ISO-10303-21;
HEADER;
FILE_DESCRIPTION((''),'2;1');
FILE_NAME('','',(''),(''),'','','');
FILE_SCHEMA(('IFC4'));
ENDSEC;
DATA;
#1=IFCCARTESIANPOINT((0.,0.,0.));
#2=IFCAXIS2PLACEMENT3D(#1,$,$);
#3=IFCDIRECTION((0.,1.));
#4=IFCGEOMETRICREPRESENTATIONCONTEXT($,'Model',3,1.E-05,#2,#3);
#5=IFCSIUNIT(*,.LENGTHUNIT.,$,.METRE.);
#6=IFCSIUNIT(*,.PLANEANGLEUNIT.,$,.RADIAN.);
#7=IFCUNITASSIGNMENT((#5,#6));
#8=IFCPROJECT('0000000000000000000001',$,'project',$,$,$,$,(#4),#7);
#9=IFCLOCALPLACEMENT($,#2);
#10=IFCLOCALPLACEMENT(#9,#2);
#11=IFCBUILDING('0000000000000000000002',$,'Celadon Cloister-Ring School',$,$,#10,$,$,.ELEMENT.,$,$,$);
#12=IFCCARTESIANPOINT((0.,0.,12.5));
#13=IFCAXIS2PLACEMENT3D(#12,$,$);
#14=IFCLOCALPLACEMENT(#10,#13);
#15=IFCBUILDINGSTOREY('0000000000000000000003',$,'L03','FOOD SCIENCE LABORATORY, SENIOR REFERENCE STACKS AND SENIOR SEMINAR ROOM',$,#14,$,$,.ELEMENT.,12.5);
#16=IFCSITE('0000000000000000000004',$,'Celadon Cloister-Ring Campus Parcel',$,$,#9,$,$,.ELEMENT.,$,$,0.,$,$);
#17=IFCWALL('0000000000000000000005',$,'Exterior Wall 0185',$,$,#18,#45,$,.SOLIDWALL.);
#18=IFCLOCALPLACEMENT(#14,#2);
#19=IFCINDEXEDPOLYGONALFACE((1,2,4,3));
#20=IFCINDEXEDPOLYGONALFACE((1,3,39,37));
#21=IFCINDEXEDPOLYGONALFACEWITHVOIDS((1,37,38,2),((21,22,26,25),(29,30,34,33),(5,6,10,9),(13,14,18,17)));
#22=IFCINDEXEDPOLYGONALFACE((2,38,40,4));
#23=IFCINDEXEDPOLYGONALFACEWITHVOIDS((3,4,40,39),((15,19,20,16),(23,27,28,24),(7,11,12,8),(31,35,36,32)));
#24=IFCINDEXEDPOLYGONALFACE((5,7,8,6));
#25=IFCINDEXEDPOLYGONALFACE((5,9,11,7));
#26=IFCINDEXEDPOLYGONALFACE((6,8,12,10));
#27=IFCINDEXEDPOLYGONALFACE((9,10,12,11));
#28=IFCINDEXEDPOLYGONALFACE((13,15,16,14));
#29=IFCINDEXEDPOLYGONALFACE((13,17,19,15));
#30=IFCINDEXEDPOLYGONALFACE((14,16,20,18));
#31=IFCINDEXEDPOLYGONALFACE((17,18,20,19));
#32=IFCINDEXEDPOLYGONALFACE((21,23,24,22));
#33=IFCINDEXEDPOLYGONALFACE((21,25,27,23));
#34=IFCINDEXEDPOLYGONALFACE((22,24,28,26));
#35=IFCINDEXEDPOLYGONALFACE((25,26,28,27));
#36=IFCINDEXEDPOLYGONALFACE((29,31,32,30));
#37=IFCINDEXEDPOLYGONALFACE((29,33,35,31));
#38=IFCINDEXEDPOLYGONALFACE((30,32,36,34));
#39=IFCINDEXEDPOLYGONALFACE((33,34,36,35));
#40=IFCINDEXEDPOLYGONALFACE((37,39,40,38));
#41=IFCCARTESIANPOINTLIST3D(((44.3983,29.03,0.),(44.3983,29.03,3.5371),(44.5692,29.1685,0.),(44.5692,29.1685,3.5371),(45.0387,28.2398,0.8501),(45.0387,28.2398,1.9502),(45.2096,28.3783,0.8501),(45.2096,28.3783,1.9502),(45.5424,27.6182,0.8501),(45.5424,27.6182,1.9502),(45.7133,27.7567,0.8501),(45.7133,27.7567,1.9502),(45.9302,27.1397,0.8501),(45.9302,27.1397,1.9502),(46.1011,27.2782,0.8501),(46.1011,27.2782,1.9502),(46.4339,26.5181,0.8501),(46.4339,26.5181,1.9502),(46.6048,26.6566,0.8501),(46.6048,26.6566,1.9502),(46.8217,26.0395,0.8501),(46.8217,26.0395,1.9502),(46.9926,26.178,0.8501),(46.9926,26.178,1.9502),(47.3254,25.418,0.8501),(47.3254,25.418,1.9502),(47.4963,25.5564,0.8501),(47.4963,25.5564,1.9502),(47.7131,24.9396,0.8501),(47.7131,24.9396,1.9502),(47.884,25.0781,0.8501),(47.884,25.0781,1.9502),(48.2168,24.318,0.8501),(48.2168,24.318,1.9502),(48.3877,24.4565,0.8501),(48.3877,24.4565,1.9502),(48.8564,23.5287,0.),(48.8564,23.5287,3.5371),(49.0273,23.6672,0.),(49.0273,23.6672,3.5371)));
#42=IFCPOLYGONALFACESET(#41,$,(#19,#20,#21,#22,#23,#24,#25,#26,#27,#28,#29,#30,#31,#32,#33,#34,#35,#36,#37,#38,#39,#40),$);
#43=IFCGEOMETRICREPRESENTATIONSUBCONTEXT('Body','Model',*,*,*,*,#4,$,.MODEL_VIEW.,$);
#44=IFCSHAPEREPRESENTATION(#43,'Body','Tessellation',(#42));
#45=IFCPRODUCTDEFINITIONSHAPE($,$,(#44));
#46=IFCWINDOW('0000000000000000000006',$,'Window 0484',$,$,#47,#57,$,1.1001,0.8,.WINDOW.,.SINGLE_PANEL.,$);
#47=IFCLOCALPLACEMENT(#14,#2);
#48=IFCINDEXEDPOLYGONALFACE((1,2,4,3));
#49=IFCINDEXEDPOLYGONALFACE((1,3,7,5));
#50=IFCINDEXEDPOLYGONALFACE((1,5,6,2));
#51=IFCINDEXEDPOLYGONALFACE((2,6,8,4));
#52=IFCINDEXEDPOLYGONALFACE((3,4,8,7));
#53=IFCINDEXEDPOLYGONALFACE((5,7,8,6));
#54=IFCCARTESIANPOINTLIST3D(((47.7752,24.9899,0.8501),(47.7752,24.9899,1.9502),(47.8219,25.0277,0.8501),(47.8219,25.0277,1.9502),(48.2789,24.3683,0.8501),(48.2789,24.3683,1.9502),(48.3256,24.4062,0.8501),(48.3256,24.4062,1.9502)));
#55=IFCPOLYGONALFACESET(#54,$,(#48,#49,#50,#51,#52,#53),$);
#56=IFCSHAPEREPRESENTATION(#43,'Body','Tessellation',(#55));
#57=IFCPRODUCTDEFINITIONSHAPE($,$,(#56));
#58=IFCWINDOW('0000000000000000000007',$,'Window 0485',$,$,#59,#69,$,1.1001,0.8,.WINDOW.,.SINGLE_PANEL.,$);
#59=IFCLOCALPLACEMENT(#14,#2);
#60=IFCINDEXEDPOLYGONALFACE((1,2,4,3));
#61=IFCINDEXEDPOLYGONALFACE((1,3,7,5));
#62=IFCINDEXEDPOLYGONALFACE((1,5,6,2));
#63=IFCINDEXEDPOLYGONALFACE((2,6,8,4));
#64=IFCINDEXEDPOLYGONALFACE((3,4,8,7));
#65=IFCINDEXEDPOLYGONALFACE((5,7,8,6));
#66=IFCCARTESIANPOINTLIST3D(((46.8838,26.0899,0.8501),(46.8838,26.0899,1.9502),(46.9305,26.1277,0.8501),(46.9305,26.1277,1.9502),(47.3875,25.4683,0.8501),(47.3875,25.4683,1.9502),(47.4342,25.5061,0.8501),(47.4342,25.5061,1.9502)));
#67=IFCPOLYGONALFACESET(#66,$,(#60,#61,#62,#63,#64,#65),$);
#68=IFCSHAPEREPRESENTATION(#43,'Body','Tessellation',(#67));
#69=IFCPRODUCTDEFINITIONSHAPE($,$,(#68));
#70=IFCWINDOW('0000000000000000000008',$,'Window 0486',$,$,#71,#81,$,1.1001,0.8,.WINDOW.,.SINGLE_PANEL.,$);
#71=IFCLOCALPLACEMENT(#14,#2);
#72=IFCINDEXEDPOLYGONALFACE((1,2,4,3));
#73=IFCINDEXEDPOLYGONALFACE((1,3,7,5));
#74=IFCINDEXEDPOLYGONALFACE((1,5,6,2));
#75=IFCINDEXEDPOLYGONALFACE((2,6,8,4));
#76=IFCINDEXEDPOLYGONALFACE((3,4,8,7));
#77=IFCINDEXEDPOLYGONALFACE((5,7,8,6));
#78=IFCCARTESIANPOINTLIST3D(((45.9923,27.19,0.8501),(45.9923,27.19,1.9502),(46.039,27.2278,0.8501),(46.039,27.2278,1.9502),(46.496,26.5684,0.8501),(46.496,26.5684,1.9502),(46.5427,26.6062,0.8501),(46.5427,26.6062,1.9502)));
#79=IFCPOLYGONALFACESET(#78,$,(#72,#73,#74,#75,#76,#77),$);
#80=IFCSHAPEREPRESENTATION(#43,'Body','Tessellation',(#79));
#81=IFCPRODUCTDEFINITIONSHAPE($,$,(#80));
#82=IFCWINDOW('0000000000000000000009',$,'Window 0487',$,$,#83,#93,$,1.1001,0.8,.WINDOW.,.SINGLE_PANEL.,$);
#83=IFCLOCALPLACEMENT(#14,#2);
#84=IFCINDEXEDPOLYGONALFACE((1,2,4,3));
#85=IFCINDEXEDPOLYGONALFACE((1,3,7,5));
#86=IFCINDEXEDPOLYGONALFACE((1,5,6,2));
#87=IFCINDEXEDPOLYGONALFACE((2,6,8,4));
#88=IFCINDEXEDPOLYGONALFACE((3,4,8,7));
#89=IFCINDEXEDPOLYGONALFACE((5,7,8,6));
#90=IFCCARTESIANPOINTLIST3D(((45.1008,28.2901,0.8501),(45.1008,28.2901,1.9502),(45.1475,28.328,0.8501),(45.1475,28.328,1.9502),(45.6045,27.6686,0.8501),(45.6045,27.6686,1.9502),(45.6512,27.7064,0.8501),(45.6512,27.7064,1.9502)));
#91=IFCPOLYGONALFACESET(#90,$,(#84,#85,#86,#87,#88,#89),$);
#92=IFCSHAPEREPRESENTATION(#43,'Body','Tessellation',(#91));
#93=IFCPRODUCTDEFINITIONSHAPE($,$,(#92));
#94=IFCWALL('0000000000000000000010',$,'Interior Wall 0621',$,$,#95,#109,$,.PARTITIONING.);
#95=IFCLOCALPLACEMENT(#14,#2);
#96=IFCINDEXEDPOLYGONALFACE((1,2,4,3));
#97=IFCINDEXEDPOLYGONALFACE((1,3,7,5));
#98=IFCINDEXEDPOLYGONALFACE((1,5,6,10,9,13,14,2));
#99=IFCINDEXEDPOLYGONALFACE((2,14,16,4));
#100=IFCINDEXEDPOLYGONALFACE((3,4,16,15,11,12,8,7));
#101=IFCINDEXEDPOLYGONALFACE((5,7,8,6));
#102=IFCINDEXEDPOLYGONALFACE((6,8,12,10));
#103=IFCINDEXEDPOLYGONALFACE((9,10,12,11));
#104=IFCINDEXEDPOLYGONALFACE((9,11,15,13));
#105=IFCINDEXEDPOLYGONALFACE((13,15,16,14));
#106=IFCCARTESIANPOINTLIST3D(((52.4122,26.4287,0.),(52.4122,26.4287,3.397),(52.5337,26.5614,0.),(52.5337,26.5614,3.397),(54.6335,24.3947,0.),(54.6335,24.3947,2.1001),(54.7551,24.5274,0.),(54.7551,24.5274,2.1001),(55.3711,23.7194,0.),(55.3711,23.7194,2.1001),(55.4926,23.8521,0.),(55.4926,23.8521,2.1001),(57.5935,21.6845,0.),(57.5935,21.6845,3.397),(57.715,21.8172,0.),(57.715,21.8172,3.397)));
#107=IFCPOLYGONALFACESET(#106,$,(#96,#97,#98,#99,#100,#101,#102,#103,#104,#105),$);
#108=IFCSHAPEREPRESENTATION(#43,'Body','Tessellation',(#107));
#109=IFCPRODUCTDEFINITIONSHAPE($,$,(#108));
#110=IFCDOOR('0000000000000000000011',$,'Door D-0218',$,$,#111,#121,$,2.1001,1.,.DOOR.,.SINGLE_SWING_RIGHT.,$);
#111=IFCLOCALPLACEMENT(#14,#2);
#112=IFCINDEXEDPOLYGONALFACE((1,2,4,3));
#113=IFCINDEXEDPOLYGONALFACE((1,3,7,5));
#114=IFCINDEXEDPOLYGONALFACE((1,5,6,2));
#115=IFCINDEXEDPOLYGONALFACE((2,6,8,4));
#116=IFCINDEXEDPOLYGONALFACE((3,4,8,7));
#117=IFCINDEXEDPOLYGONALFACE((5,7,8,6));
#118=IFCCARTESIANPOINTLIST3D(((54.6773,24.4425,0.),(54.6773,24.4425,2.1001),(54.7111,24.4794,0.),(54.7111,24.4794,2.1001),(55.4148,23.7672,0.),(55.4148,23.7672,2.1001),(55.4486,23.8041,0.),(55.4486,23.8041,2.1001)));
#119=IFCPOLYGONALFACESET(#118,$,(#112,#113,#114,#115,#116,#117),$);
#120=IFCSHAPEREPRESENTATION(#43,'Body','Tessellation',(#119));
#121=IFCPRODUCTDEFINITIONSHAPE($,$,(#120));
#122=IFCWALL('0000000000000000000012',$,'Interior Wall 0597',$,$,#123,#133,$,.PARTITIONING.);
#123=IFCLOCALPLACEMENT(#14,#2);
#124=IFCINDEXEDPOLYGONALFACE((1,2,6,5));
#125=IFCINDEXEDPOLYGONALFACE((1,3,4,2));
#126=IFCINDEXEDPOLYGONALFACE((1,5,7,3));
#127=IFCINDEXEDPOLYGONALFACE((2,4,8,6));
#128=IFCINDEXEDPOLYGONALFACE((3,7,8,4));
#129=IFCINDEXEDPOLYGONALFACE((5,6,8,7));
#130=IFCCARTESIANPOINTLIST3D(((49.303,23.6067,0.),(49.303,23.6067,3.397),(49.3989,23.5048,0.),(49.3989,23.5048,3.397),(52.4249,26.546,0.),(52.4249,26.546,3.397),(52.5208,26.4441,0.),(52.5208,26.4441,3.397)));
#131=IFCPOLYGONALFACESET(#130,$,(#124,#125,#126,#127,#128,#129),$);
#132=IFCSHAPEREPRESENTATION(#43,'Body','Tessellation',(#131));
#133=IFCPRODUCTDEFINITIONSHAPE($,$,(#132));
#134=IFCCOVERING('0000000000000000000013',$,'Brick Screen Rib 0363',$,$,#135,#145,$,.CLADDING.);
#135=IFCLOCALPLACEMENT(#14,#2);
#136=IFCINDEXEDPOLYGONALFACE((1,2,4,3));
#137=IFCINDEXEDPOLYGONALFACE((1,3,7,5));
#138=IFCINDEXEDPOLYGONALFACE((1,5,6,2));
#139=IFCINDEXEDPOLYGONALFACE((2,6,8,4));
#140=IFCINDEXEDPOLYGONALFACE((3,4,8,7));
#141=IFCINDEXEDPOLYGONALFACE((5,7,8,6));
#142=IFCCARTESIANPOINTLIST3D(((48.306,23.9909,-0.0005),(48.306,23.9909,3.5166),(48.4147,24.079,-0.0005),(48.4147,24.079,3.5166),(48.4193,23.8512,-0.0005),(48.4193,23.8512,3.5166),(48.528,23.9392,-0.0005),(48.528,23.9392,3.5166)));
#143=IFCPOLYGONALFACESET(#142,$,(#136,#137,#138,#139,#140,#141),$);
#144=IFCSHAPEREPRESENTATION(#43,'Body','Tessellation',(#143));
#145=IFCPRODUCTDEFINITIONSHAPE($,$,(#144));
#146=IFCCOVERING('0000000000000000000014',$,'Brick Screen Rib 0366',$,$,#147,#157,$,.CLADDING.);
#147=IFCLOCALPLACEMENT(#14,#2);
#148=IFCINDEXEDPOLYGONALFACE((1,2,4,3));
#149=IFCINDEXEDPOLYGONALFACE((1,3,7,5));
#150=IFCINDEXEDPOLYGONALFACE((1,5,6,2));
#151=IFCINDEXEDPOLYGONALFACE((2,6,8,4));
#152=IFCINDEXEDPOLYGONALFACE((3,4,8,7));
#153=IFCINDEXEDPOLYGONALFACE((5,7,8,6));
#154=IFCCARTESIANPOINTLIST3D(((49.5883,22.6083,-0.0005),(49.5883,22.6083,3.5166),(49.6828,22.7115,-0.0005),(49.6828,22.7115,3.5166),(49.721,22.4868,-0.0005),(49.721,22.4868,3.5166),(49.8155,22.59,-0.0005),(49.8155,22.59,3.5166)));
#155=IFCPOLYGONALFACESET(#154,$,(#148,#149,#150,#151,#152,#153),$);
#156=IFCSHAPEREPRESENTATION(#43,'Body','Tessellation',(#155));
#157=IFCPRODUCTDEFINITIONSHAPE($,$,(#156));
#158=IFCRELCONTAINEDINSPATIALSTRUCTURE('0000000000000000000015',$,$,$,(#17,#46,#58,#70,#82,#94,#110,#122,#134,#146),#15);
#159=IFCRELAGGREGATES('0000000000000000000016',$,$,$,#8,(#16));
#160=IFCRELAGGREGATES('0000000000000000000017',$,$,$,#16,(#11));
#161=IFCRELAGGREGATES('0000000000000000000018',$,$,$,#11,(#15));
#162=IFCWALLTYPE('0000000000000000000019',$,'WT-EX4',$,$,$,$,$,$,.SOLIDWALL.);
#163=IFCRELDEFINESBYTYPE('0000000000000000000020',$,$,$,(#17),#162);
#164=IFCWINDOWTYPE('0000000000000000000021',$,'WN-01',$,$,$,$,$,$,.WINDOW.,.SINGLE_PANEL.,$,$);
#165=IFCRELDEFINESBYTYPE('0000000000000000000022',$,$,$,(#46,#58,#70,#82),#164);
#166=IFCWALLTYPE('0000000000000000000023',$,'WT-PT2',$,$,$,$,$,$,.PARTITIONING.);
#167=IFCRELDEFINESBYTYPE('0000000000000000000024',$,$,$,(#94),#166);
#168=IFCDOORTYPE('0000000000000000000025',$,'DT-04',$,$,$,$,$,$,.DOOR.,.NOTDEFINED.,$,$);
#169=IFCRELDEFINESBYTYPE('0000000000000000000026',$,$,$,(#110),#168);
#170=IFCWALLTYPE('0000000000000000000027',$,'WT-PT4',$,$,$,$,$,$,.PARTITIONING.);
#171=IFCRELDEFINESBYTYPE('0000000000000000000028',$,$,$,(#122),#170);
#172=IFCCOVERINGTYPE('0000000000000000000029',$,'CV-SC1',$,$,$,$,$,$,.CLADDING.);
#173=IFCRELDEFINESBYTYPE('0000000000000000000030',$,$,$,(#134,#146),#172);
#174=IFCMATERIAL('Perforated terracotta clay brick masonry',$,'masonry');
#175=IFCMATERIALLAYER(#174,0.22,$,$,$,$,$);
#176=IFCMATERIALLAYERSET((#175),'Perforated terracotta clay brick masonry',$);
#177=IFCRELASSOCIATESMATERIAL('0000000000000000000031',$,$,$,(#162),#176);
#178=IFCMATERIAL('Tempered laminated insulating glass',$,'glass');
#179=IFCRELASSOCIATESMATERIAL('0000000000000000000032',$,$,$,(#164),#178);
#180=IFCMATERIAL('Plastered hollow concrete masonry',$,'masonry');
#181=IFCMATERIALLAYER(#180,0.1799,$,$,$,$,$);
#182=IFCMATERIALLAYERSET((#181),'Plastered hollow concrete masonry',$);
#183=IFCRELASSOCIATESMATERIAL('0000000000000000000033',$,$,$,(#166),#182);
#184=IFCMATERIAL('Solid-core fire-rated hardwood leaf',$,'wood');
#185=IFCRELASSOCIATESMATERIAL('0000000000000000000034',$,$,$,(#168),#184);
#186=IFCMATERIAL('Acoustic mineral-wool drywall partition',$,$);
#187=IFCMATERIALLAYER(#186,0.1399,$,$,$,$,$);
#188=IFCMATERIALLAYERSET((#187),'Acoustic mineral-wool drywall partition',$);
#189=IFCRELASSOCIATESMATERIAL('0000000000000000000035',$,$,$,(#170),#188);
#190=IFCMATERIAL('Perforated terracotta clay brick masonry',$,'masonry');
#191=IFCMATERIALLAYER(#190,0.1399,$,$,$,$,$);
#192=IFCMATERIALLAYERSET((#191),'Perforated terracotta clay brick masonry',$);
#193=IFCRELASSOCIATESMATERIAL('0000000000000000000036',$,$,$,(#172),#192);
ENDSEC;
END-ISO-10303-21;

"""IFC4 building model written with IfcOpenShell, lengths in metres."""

from ifc_helpers import new_model, si_unit, direction, frame, frame_2d, origin, origin_2d, place, context, subcontext, project, spatial, rectangle, extrude, material, layer, layer_set, type_object, element, fill, save


model = new_model("IFC4")

# Units and contexts
model_context = context("Model", 3, precision=1e-05, world=origin(), true_north=direction((0.0, 1.0)))
body_context = subcontext(model_context, "Body", "Model", "MODEL_VIEW")
ifc_project = project(units=[si_unit("LENGTHUNIT", "METRE"), si_unit("PLANEANGLEUNIT", "RADIAN")], contexts=[model_context])

# Site, building, storey
site_placement = place(None, origin())
site = spatial("IfcSite", under=ifc_project, at=site_placement, Name="Celadon Cloister-Ring Campus Parcel", CompositionType="ELEMENT", RefElevation=0.0)
building_placement = place(site_placement, origin())
building = spatial("IfcBuilding", under=site, at=building_placement, Name="Celadon Cloister-Ring School", CompositionType="ELEMENT")
storey_placement = place(building_placement, frame((0.0, 0.0, 12.5)))
storey = spatial("IfcBuildingStorey", under=building, at=storey_placement, Name="L03", Description="FOOD SCIENCE LABORATORY, SENIOR REFERENCE STACKS AND SENIOR SEMINAR ROOM", CompositionType="ELEMENT", Elevation=12.5)

# Wall, openings, windows
ifc_material_1 = material(Name="Perforated terracotta clay brick masonry", Category="masonry")
ifc_layer_1 = layer(ifc_material_1, 0.22)
ifc_layer_set_1 = layer_set([ifc_layer_1], Name="Perforated terracotta clay brick masonry")
wall_type_1 = type_object("IfcWallType", Name="WT-EX4", PredefinedType="SOLIDWALL", material=ifc_layer_set_1)
wall_1_placement = place(storey_placement, frame((48.9419, 23.5979, 0.0), z_axis=(0.0, 0.0, 1.0), x_axis=(-0.629594, 0.776924, 0.0)))
wall_1 = element("IfcWall", 1, at=wall_1_placement, inside=storey, type_object=wall_type_1, Name="Exterior Wall 0185", PredefinedType="SOLIDWALL", context=body_context, shape_type="SweptSolid", body=[
    extrude(rectangle(XDim=7.0808, YDim=0.22, at=frame_2d((3.5405, 0.0))), origin(), (0.0, 0.0, 1.0), 3.5371),
])
opening_1_placement = place(wall_1_placement, frame((1.0161, 0.0, 0.8501)))
opening_1 = element("IfcOpeningElement", 2, at=opening_1_placement, cuts=wall_1, PredefinedType="OPENING", context=body_context, shape_type="SweptSolid", body=[
    extrude(rectangle(XDim=0.8, YDim=1.1001, at=frame_2d((0.3999, 0.55))), frame((0.0, 0.1201, 0.0), z_axis=(0.0, -1.0, 0.0), x_axis=(1.0, 0.0, 0.0)), (0.0, 0.0, 1.0), 0.24),
])
opening_2_placement = place(wall_1_placement, frame((2.4319, 0.0, 0.8501)))
opening_2 = element("IfcOpeningElement", 3, at=opening_2_placement, cuts=wall_1, PredefinedType="OPENING", context=body_context, shape_type="SweptSolid", body=[
    extrude(rectangle(XDim=0.8, YDim=1.1001, at=frame_2d((0.3999, 0.55))), frame((0.0, 0.1201, 0.0), z_axis=(0.0, -1.0, 0.0), x_axis=(1.0, 0.0, 0.0)), (0.0, 0.0, 1.0), 0.24),
])
opening_3_placement = place(wall_1_placement, frame((3.8479, 0.0, 0.8501)))
opening_3 = element("IfcOpeningElement", 4, at=opening_3_placement, cuts=wall_1, PredefinedType="OPENING", context=body_context, shape_type="SweptSolid", body=[
    extrude(rectangle(XDim=0.8, YDim=1.1001, at=frame_2d((0.3999, 0.55))), frame((0.0, 0.1201, 0.0), z_axis=(0.0, -1.0, 0.0), x_axis=(1.0, 0.0, 0.0)), (0.0, 0.0, 1.0), 0.24),
])
opening_4_placement = place(wall_1_placement, frame((5.2639, 0.0, 0.8501)))
opening_4 = element("IfcOpeningElement", 5, at=opening_4_placement, cuts=wall_1, PredefinedType="OPENING", context=body_context, shape_type="SweptSolid", body=[
    extrude(rectangle(XDim=0.8, YDim=1.1001, at=frame_2d((0.3999, 0.55))), frame((0.0, 0.1201, 0.0), z_axis=(0.0, -1.0, 0.0), x_axis=(1.0, 0.0, 0.0)), (0.0, 0.0, 1.0), 0.24),
])
ifc_material_2 = material(Name="Tempered laminated insulating glass", Category="glass")
window_type = type_object("IfcWindowType", Name="WN-01", PartitioningType="SINGLE_PANEL", PredefinedType="WINDOW", material=ifc_material_2)
window_1_placement = place(opening_1_placement, origin())
window_1 = element("IfcWindow", 6, at=window_1_placement, inside=storey, type_object=window_type, Name="Window 0484", OverallHeight=1.1001, OverallWidth=0.8, PartitioningType="SINGLE_PANEL", PredefinedType="WINDOW", context=body_context, shape_type="SweptSolid", body=[
    extrude(rectangle(XDim=0.8, YDim=1.1001, at=frame_2d((0.3999, 0.55))), frame((0.0, 0.03, 0.0), z_axis=(0.0, -1.0, 0.0), x_axis=(1.0, 0.0, 0.0)), (0.0, 0.0, 1.0), 0.0601),
])
fill(opening_1, window_1)
window_2_placement = place(opening_2_placement, origin())
window_2 = element("IfcWindow", 7, at=window_2_placement, inside=storey, type_object=window_type, Name="Window 0485", OverallHeight=1.1001, OverallWidth=0.8, PartitioningType="SINGLE_PANEL", PredefinedType="WINDOW", context=body_context, shape_type="SweptSolid", body=[
    extrude(rectangle(XDim=0.8, YDim=1.1001, at=frame_2d((0.3999, 0.55))), frame((0.0, 0.03, 0.0), z_axis=(0.0, -1.0, 0.0), x_axis=(1.0, 0.0, 0.0)), (0.0, 0.0, 1.0), 0.0601),
])
fill(opening_2, window_2)
window_3_placement = place(opening_3_placement, origin())
window_3 = element("IfcWindow", 8, at=window_3_placement, inside=storey, type_object=window_type, Name="Window 0486", OverallHeight=1.1001, OverallWidth=0.8, PartitioningType="SINGLE_PANEL", PredefinedType="WINDOW", context=body_context, shape_type="SweptSolid", body=[
    extrude(rectangle(XDim=0.8, YDim=1.1001, at=frame_2d((0.3999, 0.55))), frame((0.0, 0.03, 0.0), z_axis=(0.0, -1.0, 0.0), x_axis=(1.0, 0.0, 0.0)), (0.0, 0.0, 1.0), 0.0601),
])
fill(opening_3, window_3)
window_4_placement = place(opening_4_placement, origin())
window_4 = element("IfcWindow", 9, at=window_4_placement, inside=storey, type_object=window_type, Name="Window 0487", OverallHeight=1.1001, OverallWidth=0.8, PartitioningType="SINGLE_PANEL", PredefinedType="WINDOW", context=body_context, shape_type="SweptSolid", body=[
    extrude(rectangle(XDim=0.8, YDim=1.1001, at=frame_2d((0.3999, 0.55))), frame((0.0, 0.03, 0.0), z_axis=(0.0, -1.0, 0.0), x_axis=(1.0, 0.0, 0.0)), (0.0, 0.0, 1.0), 0.0601),
])
fill(opening_4, window_4)

# Wall, opening, door
ifc_material_3 = material(Name="Plastered hollow concrete masonry", Category="masonry")
ifc_layer_2 = layer(ifc_material_3, 0.1799)
ifc_layer_set_2 = layer_set([ifc_layer_2], Name="Plastered hollow concrete masonry")
wall_type_2 = type_object("IfcWallType", Name="WT-PT2", PredefinedType="PARTITIONING", material=ifc_layer_set_2)
wall_2_placement = place(storey_placement, frame((52.4729, 26.4951, 0.0), z_axis=(0.0, 0.0, 1.0), x_axis=(0.737526, -0.675319, 0.0)))
wall_2 = element("IfcWall", 10, at=wall_2_placement, inside=storey, type_object=wall_type_2, Name="Interior Wall 0621", PredefinedType="PARTITIONING", context=body_context, shape_type="SweptSolid", body=[
    extrude(rectangle(XDim=7.0251, YDim=0.1799, at=frame_2d((3.5127, 0.0))), origin(), (0.0, 0.0, 1.0), 3.397),
])
opening_5_placement = place(wall_2_placement, frame((3.012, 0.0, 0.0)))
opening_5 = element("IfcOpeningElement", 11, at=opening_5_placement, cuts=wall_2, PredefinedType="OPENING", context=body_context, shape_type="SweptSolid", body=[
    extrude(rectangle(XDim=1.0, YDim=2.1001, at=frame_2d((0.5, 1.05))), frame((0.0, 0.1001, 0.0), z_axis=(0.0, -1.0, 0.0), x_axis=(1.0, 0.0, 0.0)), (0.0, 0.0, 1.0), 0.2),
])
ifc_material_4 = material(Name="Solid-core fire-rated hardwood leaf", Category="wood")
door_type = type_object("IfcDoorType", Name="DT-04", OperationType="NOTDEFINED", PredefinedType="DOOR", material=ifc_material_4)
door_placement = place(opening_5_placement, origin())
door = element("IfcDoor", 12, at=door_placement, inside=storey, type_object=door_type, Name="Door D-0218", OperationType="SINGLE_SWING_RIGHT", OverallHeight=2.1001, OverallWidth=1.0, PredefinedType="DOOR", context=body_context, shape_type="SweptSolid", body=[
    extrude(rectangle(XDim=1.0, YDim=2.1001, at=frame_2d((0.5, 1.05))), frame((0.0, 0.0249, 0.0), z_axis=(0.0, -1.0, 0.0), x_axis=(1.0, 0.0, 0.0)), (0.0, 0.0, 1.0), 0.05),
])
fill(opening_5, door)

# Wall
ifc_material_5 = material(Name="Acoustic mineral-wool drywall partition")
ifc_layer_3 = layer(ifc_material_5, 0.1399)
ifc_layer_set_3 = layer_set([ifc_layer_3], Name="Acoustic mineral-wool drywall partition")
wall_type_3 = type_object("IfcWallType", Name="WT-PT4", PredefinedType="PARTITIONING", material=ifc_layer_set_3)
wall_3_placement = place(storey_placement, frame((52.4729, 26.4951, 0.0), z_axis=(0.0, 0.0, 1.0), x_axis=(-0.728081, -0.685491, 0.0)))
element("IfcWall", 13, at=wall_3_placement, inside=storey, type_object=wall_type_3, Name="Interior Wall 0597", PredefinedType="PARTITIONING", context=body_context, shape_type="SweptSolid", body=[
    extrude(rectangle(XDim=4.2878, YDim=0.1399, at=frame_2d((2.144, 0.0))), origin(), (0.0, 0.0, 1.0), 3.397),
])

# Coverings
ifc_material_6 = material(Name="Perforated terracotta clay brick masonry", Category="masonry")
ifc_layer_4 = layer(ifc_material_6, 0.1399)
ifc_layer_set_4 = layer_set([ifc_layer_4], Name="Perforated terracotta clay brick masonry")
covering_type = type_object("IfcCoveringType", Name="CV-SC1", PredefinedType="CLADDING", material=ifc_layer_set_4)
for number, where, z_axis, x_axis, name in (
    (14, (48.417, 23.9651, -0.0005), (0.0, 0.0, 1.0), (-0.629605, 0.776915, 0.0), "Brick Screen Rib 0363"),
    (15, (49.7019, 22.5991, -0.0005), (0.0, 0.0, 1.0), (-0.737548, 0.675294, 0.0), "Brick Screen Rib 0366"),
):
    element("IfcCovering", number, at=place(storey_placement, frame(where, z_axis=z_axis, x_axis=x_axis)), inside=storey, type_object=covering_type, Name=name, PredefinedType="CLADDING", context=body_context, shape_type="SweptSolid", body=[
        extrude(rectangle(XDim=0.1799, YDim=0.1399, at=origin_2d()), origin(), (0.0, 0.0, 1.0), 3.5171),
    ])

save(model, "model.ifc")
